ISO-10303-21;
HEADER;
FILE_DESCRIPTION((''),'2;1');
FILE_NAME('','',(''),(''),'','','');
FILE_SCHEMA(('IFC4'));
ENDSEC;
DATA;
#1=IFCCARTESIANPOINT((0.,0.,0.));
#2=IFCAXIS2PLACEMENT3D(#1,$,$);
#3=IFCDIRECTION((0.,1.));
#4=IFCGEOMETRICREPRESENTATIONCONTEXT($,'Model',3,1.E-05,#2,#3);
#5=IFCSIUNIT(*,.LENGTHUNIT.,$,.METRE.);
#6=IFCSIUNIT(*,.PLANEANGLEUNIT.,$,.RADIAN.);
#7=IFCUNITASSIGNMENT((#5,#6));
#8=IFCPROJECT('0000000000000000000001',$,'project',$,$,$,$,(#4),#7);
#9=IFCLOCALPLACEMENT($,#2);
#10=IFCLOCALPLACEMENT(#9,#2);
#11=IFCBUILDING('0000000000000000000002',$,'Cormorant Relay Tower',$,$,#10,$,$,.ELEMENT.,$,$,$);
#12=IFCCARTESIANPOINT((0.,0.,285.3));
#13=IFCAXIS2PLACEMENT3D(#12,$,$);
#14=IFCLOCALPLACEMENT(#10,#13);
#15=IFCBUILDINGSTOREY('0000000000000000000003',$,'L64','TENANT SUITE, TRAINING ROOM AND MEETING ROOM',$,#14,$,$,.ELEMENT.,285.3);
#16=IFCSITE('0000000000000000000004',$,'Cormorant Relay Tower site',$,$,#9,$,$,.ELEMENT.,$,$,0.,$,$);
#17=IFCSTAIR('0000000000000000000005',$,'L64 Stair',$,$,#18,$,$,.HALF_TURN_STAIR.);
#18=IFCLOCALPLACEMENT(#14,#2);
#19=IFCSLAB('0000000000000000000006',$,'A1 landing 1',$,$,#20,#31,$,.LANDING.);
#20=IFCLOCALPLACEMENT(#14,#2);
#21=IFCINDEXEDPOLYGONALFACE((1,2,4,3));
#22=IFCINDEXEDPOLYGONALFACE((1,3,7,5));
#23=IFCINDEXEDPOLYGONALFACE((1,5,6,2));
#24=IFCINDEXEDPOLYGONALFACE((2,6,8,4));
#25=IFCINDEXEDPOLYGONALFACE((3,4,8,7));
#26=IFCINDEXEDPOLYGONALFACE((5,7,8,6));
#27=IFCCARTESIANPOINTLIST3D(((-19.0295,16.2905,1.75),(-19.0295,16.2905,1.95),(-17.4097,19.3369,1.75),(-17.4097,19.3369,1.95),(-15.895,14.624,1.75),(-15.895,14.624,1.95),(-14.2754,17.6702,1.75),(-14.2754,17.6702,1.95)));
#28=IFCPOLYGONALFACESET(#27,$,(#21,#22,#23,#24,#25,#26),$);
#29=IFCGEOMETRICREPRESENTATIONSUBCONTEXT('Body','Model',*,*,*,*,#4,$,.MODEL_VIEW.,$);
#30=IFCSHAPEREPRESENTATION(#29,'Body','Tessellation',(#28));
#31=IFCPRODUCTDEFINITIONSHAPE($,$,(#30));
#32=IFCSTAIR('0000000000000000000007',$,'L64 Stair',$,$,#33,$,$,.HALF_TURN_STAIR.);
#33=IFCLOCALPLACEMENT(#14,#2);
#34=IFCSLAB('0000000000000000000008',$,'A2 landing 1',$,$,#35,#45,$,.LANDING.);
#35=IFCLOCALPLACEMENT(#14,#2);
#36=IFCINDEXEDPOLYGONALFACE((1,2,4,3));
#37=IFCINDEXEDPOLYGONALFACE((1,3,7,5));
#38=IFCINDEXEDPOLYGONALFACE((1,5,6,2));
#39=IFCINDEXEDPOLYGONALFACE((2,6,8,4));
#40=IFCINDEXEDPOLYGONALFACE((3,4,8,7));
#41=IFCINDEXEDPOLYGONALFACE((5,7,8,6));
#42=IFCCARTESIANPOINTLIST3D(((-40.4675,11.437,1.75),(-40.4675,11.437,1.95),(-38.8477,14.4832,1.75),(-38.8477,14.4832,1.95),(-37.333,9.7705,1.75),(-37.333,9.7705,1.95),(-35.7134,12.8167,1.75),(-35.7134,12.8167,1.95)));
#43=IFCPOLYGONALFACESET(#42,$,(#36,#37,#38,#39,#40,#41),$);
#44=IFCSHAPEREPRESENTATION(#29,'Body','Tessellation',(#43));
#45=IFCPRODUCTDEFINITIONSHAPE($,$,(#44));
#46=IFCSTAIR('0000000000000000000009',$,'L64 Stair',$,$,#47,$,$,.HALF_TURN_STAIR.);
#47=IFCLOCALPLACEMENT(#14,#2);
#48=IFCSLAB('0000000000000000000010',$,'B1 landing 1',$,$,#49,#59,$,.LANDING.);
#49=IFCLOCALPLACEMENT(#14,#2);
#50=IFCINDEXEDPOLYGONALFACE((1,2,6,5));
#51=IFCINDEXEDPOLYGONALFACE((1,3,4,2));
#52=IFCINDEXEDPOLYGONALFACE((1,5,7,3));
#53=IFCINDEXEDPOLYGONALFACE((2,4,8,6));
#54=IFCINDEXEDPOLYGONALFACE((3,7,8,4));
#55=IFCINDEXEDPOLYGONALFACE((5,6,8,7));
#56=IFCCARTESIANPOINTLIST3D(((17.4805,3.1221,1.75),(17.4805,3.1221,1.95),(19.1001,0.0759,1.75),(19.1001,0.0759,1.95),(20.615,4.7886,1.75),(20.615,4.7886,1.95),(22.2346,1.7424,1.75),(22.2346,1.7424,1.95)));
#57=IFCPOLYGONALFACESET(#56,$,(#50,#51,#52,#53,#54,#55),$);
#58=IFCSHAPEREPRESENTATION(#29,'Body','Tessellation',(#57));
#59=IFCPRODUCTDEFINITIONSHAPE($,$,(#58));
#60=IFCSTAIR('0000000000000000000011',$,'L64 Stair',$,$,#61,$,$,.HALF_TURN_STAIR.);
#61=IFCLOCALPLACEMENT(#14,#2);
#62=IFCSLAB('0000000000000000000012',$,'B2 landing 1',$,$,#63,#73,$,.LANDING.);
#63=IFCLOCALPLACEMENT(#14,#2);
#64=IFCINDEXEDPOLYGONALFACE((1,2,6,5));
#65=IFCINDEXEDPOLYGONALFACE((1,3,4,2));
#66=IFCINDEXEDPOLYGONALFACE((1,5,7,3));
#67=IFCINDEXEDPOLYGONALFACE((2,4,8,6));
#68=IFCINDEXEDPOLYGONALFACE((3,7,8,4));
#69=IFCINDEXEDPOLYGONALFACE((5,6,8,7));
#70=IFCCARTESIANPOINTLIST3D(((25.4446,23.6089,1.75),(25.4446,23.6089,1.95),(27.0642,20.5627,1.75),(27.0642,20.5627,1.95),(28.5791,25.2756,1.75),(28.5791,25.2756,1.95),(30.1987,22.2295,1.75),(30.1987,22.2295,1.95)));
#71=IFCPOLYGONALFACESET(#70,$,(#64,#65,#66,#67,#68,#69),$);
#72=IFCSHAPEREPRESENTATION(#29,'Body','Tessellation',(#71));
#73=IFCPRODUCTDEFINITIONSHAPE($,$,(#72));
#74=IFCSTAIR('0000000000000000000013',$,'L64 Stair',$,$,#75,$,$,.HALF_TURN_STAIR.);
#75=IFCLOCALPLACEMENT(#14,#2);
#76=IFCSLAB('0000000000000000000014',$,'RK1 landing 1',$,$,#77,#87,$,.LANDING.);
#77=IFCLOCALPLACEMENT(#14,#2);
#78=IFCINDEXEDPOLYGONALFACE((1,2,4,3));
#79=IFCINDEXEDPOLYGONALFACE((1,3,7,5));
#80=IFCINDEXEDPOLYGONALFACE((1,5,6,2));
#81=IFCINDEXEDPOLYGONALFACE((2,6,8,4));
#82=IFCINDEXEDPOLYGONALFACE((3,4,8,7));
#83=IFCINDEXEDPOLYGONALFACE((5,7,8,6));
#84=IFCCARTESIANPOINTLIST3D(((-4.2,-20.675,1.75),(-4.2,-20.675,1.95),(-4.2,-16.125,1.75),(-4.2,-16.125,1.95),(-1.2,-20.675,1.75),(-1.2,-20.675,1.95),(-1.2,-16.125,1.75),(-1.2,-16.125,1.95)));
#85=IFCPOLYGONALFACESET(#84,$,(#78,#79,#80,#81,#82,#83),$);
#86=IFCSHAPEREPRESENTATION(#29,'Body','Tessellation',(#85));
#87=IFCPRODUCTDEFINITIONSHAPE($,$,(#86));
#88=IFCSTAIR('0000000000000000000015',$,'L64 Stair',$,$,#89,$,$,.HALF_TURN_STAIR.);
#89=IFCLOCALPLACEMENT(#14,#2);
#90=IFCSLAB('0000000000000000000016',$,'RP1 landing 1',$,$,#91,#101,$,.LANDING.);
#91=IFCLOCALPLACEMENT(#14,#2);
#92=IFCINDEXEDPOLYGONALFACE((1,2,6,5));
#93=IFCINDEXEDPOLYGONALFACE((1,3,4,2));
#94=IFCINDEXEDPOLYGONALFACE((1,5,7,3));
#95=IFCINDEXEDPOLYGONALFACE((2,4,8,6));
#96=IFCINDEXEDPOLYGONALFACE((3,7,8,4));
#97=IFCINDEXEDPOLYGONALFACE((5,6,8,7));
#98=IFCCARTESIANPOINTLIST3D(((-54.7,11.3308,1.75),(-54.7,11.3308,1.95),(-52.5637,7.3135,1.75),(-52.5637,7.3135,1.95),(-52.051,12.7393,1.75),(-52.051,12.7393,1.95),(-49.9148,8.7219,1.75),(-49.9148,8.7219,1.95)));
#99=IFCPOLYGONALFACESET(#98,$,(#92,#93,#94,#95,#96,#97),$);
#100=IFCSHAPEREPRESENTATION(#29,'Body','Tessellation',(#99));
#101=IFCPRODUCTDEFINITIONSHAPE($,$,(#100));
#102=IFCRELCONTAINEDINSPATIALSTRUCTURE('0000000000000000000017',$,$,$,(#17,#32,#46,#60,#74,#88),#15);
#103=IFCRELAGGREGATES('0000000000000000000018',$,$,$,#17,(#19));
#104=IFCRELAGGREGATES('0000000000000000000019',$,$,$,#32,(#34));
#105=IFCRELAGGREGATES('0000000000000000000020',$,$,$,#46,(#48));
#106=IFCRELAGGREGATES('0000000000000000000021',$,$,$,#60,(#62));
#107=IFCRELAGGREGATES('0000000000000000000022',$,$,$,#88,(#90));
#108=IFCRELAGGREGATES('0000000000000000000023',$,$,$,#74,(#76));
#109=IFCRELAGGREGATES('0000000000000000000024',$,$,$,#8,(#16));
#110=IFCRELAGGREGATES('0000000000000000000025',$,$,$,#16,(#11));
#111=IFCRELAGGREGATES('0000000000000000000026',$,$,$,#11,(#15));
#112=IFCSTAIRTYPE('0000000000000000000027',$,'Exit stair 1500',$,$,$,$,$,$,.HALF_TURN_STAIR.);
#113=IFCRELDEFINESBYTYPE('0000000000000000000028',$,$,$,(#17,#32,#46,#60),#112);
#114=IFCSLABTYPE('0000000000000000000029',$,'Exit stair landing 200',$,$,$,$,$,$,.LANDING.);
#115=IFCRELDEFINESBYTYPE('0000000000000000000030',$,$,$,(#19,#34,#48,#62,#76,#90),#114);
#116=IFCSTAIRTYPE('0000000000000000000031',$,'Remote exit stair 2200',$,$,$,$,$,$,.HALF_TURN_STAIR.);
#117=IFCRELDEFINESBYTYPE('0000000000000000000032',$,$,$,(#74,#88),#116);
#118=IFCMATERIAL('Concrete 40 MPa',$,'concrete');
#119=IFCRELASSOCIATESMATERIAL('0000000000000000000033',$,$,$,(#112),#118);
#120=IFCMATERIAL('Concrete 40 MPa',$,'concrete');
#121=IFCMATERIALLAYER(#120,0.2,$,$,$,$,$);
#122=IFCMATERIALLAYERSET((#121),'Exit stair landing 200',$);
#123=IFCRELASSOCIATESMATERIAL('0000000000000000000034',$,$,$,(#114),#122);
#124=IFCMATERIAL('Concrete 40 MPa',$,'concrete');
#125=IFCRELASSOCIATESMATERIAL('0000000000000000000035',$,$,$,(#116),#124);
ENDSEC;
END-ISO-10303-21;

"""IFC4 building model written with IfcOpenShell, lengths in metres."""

from ifc_helpers import new_model, si_unit, direction, frame, origin, place, context, subcontext, project, spatial, polyline, outline, extrude, material, layer, layer_set, type_object, element, aggregate, save


model = new_model("IFC4")

# Units and contexts
model_context = context("Model", 3, precision=1e-05, world=origin(), true_north=direction((0.0, 1.0)))
body_context = subcontext(model_context, "Body", "Model", "MODEL_VIEW")
ifc_project = project(units=[si_unit("LENGTHUNIT", "METRE"), si_unit("PLANEANGLEUNIT", "RADIAN")], contexts=[model_context])

# Site, building, storey
site_placement = place(None, origin())
site = spatial("IfcSite", under=ifc_project, at=site_placement, Name="Cormorant Relay Tower site", CompositionType="ELEMENT", RefElevation=0.0)
building_placement = place(site_placement, origin())
building = spatial("IfcBuilding", under=site, at=building_placement, Name="Cormorant Relay Tower", CompositionType="ELEMENT")
storey_placement = place(building_placement, frame((0.0, 0.0, 285.3)))
storey = spatial("IfcBuildingStorey", under=building, at=storey_placement, Name="L64", Description="TENANT SUITE, TRAINING ROOM AND MEETING ROOM", CompositionType="ELEMENT", Elevation=285.3)

# Stairs, slabs
ifc_material_1 = material(Name="Concrete 40 MPa", Category="concrete")
stair_type_1 = type_object("IfcStairType", Name="Exit stair 1500", PredefinedType="HALF_TURN_STAIR", material=ifc_material_1)
stair_1_placement = place(storey_placement, origin())
stair_1 = element("IfcStair", 1, at=stair_1_placement, inside=storey, type_object=stair_type_1, Name="L64 Stair", PredefinedType="HALF_TURN_STAIR")
ifc_material_2 = material(Name="Concrete 40 MPa", Category="concrete")
ifc_layer_1 = layer(ifc_material_2, 0.2)
ifc_layer_set_1 = layer_set([ifc_layer_1], Name="Exit stair landing 200")
slab_type_1 = type_object("IfcSlabType", Name="Exit stair landing 200", PredefinedType="LANDING", material=ifc_layer_set_1)
slab_1_placement = place(storey_placement, frame((0.0, 0.0, 1.75)))
slab_1 = element("IfcSlab", 2, at=slab_1_placement, type_object=slab_type_1, Name="A1 landing 1", PredefinedType="LANDING", context=body_context, shape_type="SweptSolid", body=[
    extrude(outline(polyline([(-19.0295, 16.2905), (-15.895, 14.624), (-14.2754, 17.6702), (-17.4097, 19.3369), (-19.0295, 16.2905)])), origin(), (0.0, 0.0, 1.0), 0.2),
])
aggregate(stair_1, [slab_1])
stair_2_placement = place(storey_placement, origin())
stair_2 = element("IfcStair", 3, at=stair_2_placement, inside=storey, type_object=stair_type_1, Name="L64 Stair", PredefinedType="HALF_TURN_STAIR")
slab_2_placement = place(storey_placement, frame((0.0, 0.0, 1.75)))
slab_2 = element("IfcSlab", 4, at=slab_2_placement, type_object=slab_type_1, Name="A2 landing 1", PredefinedType="LANDING", context=body_context, shape_type="SweptSolid", body=[
    extrude(outline(polyline([(-35.7134, 12.8167), (-38.8477, 14.4832), (-40.4675, 11.437), (-37.333, 9.7705), (-35.7134, 12.8167)])), origin(), (0.0, 0.0, 1.0), 0.2),
])
aggregate(stair_2, [slab_2])
stair_3_placement = place(storey_placement, origin())
stair_3 = element("IfcStair", 5, at=stair_3_placement, inside=storey, type_object=stair_type_1, Name="L64 Stair", PredefinedType="HALF_TURN_STAIR")
slab_3_placement = place(storey_placement, frame((0.0, 0.0, 1.75)))
slab_3 = element("IfcSlab", 6, at=slab_3_placement, type_object=slab_type_1, Name="B1 landing 1", PredefinedType="LANDING", context=body_context, shape_type="SweptSolid", body=[
    extrude(outline(polyline([(20.615, 4.7886), (17.4805, 3.1221), (19.1001, 0.0759), (22.2346, 1.7424), (20.615, 4.7886)])), origin(), (0.0, 0.0, 1.0), 0.2),
])
aggregate(stair_3, [slab_3])
stair_4_placement = place(storey_placement, origin())
stair_4 = element("IfcStair", 7, at=stair_4_placement, inside=storey, type_object=stair_type_1, Name="L64 Stair", PredefinedType="HALF_TURN_STAIR")
slab_4_placement = place(storey_placement, frame((0.0, 0.0, 1.75)))
slab_4 = element("IfcSlab", 8, at=slab_4_placement, type_object=slab_type_1, Name="B2 landing 1", PredefinedType="LANDING", context=body_context, shape_type="SweptSolid", body=[
    extrude(outline(polyline([(27.0642, 20.5627), (30.1987, 22.2295), (28.5791, 25.2756), (25.4446, 23.6089), (27.0642, 20.5627)])), origin(), (0.0, 0.0, 1.0), 0.2),
])
aggregate(stair_4, [slab_4])
ifc_material_3 = material(Name="Concrete 40 MPa", Category="concrete")
stair_type_2 = type_object("IfcStairType", Name="Remote exit stair 2200", PredefinedType="HALF_TURN_STAIR", material=ifc_material_3)
stair_5_placement = place(storey_placement, origin())
stair_5 = element("IfcStair", 9, at=stair_5_placement, inside=storey, type_object=stair_type_2, Name="L64 Stair", PredefinedType="HALF_TURN_STAIR")
slab_5_placement = place(storey_placement, frame((0.0, 0.0, 1.75)))
slab_5 = element("IfcSlab", 10, at=slab_5_placement, type_object=slab_type_1, Name="RK1 landing 1", PredefinedType="LANDING", context=body_context, shape_type="SweptSolid", body=[
    extrude(outline(polyline([(-1.2, -16.125), (-4.2, -16.125), (-4.2, -20.675), (-1.2, -20.675), (-1.2, -16.125)])), origin(), (0.0, 0.0, 1.0), 0.2),
])
stair_6_placement = place(storey_placement, origin())
stair_6 = element("IfcStair", 11, at=stair_6_placement, inside=storey, type_object=stair_type_2, Name="L64 Stair", PredefinedType="HALF_TURN_STAIR")
slab_6_placement = place(storey_placement, frame((0.0, 0.0, 1.75)))
slab_6 = element("IfcSlab", 12, at=slab_6_placement, type_object=slab_type_1, Name="RP1 landing 1", PredefinedType="LANDING", context=body_context, shape_type="SweptSolid", body=[
    extrude(outline(polyline([(-52.051, 12.7393), (-54.7, 11.3308), (-52.5637, 7.3135), (-49.9148, 8.7219), (-52.051, 12.7393)])), origin(), (0.0, 0.0, 1.0), 0.2),
])
aggregate(stair_6, [slab_6])

aggregate(stair_5, [slab_5])

save(model, "model.ifc")
